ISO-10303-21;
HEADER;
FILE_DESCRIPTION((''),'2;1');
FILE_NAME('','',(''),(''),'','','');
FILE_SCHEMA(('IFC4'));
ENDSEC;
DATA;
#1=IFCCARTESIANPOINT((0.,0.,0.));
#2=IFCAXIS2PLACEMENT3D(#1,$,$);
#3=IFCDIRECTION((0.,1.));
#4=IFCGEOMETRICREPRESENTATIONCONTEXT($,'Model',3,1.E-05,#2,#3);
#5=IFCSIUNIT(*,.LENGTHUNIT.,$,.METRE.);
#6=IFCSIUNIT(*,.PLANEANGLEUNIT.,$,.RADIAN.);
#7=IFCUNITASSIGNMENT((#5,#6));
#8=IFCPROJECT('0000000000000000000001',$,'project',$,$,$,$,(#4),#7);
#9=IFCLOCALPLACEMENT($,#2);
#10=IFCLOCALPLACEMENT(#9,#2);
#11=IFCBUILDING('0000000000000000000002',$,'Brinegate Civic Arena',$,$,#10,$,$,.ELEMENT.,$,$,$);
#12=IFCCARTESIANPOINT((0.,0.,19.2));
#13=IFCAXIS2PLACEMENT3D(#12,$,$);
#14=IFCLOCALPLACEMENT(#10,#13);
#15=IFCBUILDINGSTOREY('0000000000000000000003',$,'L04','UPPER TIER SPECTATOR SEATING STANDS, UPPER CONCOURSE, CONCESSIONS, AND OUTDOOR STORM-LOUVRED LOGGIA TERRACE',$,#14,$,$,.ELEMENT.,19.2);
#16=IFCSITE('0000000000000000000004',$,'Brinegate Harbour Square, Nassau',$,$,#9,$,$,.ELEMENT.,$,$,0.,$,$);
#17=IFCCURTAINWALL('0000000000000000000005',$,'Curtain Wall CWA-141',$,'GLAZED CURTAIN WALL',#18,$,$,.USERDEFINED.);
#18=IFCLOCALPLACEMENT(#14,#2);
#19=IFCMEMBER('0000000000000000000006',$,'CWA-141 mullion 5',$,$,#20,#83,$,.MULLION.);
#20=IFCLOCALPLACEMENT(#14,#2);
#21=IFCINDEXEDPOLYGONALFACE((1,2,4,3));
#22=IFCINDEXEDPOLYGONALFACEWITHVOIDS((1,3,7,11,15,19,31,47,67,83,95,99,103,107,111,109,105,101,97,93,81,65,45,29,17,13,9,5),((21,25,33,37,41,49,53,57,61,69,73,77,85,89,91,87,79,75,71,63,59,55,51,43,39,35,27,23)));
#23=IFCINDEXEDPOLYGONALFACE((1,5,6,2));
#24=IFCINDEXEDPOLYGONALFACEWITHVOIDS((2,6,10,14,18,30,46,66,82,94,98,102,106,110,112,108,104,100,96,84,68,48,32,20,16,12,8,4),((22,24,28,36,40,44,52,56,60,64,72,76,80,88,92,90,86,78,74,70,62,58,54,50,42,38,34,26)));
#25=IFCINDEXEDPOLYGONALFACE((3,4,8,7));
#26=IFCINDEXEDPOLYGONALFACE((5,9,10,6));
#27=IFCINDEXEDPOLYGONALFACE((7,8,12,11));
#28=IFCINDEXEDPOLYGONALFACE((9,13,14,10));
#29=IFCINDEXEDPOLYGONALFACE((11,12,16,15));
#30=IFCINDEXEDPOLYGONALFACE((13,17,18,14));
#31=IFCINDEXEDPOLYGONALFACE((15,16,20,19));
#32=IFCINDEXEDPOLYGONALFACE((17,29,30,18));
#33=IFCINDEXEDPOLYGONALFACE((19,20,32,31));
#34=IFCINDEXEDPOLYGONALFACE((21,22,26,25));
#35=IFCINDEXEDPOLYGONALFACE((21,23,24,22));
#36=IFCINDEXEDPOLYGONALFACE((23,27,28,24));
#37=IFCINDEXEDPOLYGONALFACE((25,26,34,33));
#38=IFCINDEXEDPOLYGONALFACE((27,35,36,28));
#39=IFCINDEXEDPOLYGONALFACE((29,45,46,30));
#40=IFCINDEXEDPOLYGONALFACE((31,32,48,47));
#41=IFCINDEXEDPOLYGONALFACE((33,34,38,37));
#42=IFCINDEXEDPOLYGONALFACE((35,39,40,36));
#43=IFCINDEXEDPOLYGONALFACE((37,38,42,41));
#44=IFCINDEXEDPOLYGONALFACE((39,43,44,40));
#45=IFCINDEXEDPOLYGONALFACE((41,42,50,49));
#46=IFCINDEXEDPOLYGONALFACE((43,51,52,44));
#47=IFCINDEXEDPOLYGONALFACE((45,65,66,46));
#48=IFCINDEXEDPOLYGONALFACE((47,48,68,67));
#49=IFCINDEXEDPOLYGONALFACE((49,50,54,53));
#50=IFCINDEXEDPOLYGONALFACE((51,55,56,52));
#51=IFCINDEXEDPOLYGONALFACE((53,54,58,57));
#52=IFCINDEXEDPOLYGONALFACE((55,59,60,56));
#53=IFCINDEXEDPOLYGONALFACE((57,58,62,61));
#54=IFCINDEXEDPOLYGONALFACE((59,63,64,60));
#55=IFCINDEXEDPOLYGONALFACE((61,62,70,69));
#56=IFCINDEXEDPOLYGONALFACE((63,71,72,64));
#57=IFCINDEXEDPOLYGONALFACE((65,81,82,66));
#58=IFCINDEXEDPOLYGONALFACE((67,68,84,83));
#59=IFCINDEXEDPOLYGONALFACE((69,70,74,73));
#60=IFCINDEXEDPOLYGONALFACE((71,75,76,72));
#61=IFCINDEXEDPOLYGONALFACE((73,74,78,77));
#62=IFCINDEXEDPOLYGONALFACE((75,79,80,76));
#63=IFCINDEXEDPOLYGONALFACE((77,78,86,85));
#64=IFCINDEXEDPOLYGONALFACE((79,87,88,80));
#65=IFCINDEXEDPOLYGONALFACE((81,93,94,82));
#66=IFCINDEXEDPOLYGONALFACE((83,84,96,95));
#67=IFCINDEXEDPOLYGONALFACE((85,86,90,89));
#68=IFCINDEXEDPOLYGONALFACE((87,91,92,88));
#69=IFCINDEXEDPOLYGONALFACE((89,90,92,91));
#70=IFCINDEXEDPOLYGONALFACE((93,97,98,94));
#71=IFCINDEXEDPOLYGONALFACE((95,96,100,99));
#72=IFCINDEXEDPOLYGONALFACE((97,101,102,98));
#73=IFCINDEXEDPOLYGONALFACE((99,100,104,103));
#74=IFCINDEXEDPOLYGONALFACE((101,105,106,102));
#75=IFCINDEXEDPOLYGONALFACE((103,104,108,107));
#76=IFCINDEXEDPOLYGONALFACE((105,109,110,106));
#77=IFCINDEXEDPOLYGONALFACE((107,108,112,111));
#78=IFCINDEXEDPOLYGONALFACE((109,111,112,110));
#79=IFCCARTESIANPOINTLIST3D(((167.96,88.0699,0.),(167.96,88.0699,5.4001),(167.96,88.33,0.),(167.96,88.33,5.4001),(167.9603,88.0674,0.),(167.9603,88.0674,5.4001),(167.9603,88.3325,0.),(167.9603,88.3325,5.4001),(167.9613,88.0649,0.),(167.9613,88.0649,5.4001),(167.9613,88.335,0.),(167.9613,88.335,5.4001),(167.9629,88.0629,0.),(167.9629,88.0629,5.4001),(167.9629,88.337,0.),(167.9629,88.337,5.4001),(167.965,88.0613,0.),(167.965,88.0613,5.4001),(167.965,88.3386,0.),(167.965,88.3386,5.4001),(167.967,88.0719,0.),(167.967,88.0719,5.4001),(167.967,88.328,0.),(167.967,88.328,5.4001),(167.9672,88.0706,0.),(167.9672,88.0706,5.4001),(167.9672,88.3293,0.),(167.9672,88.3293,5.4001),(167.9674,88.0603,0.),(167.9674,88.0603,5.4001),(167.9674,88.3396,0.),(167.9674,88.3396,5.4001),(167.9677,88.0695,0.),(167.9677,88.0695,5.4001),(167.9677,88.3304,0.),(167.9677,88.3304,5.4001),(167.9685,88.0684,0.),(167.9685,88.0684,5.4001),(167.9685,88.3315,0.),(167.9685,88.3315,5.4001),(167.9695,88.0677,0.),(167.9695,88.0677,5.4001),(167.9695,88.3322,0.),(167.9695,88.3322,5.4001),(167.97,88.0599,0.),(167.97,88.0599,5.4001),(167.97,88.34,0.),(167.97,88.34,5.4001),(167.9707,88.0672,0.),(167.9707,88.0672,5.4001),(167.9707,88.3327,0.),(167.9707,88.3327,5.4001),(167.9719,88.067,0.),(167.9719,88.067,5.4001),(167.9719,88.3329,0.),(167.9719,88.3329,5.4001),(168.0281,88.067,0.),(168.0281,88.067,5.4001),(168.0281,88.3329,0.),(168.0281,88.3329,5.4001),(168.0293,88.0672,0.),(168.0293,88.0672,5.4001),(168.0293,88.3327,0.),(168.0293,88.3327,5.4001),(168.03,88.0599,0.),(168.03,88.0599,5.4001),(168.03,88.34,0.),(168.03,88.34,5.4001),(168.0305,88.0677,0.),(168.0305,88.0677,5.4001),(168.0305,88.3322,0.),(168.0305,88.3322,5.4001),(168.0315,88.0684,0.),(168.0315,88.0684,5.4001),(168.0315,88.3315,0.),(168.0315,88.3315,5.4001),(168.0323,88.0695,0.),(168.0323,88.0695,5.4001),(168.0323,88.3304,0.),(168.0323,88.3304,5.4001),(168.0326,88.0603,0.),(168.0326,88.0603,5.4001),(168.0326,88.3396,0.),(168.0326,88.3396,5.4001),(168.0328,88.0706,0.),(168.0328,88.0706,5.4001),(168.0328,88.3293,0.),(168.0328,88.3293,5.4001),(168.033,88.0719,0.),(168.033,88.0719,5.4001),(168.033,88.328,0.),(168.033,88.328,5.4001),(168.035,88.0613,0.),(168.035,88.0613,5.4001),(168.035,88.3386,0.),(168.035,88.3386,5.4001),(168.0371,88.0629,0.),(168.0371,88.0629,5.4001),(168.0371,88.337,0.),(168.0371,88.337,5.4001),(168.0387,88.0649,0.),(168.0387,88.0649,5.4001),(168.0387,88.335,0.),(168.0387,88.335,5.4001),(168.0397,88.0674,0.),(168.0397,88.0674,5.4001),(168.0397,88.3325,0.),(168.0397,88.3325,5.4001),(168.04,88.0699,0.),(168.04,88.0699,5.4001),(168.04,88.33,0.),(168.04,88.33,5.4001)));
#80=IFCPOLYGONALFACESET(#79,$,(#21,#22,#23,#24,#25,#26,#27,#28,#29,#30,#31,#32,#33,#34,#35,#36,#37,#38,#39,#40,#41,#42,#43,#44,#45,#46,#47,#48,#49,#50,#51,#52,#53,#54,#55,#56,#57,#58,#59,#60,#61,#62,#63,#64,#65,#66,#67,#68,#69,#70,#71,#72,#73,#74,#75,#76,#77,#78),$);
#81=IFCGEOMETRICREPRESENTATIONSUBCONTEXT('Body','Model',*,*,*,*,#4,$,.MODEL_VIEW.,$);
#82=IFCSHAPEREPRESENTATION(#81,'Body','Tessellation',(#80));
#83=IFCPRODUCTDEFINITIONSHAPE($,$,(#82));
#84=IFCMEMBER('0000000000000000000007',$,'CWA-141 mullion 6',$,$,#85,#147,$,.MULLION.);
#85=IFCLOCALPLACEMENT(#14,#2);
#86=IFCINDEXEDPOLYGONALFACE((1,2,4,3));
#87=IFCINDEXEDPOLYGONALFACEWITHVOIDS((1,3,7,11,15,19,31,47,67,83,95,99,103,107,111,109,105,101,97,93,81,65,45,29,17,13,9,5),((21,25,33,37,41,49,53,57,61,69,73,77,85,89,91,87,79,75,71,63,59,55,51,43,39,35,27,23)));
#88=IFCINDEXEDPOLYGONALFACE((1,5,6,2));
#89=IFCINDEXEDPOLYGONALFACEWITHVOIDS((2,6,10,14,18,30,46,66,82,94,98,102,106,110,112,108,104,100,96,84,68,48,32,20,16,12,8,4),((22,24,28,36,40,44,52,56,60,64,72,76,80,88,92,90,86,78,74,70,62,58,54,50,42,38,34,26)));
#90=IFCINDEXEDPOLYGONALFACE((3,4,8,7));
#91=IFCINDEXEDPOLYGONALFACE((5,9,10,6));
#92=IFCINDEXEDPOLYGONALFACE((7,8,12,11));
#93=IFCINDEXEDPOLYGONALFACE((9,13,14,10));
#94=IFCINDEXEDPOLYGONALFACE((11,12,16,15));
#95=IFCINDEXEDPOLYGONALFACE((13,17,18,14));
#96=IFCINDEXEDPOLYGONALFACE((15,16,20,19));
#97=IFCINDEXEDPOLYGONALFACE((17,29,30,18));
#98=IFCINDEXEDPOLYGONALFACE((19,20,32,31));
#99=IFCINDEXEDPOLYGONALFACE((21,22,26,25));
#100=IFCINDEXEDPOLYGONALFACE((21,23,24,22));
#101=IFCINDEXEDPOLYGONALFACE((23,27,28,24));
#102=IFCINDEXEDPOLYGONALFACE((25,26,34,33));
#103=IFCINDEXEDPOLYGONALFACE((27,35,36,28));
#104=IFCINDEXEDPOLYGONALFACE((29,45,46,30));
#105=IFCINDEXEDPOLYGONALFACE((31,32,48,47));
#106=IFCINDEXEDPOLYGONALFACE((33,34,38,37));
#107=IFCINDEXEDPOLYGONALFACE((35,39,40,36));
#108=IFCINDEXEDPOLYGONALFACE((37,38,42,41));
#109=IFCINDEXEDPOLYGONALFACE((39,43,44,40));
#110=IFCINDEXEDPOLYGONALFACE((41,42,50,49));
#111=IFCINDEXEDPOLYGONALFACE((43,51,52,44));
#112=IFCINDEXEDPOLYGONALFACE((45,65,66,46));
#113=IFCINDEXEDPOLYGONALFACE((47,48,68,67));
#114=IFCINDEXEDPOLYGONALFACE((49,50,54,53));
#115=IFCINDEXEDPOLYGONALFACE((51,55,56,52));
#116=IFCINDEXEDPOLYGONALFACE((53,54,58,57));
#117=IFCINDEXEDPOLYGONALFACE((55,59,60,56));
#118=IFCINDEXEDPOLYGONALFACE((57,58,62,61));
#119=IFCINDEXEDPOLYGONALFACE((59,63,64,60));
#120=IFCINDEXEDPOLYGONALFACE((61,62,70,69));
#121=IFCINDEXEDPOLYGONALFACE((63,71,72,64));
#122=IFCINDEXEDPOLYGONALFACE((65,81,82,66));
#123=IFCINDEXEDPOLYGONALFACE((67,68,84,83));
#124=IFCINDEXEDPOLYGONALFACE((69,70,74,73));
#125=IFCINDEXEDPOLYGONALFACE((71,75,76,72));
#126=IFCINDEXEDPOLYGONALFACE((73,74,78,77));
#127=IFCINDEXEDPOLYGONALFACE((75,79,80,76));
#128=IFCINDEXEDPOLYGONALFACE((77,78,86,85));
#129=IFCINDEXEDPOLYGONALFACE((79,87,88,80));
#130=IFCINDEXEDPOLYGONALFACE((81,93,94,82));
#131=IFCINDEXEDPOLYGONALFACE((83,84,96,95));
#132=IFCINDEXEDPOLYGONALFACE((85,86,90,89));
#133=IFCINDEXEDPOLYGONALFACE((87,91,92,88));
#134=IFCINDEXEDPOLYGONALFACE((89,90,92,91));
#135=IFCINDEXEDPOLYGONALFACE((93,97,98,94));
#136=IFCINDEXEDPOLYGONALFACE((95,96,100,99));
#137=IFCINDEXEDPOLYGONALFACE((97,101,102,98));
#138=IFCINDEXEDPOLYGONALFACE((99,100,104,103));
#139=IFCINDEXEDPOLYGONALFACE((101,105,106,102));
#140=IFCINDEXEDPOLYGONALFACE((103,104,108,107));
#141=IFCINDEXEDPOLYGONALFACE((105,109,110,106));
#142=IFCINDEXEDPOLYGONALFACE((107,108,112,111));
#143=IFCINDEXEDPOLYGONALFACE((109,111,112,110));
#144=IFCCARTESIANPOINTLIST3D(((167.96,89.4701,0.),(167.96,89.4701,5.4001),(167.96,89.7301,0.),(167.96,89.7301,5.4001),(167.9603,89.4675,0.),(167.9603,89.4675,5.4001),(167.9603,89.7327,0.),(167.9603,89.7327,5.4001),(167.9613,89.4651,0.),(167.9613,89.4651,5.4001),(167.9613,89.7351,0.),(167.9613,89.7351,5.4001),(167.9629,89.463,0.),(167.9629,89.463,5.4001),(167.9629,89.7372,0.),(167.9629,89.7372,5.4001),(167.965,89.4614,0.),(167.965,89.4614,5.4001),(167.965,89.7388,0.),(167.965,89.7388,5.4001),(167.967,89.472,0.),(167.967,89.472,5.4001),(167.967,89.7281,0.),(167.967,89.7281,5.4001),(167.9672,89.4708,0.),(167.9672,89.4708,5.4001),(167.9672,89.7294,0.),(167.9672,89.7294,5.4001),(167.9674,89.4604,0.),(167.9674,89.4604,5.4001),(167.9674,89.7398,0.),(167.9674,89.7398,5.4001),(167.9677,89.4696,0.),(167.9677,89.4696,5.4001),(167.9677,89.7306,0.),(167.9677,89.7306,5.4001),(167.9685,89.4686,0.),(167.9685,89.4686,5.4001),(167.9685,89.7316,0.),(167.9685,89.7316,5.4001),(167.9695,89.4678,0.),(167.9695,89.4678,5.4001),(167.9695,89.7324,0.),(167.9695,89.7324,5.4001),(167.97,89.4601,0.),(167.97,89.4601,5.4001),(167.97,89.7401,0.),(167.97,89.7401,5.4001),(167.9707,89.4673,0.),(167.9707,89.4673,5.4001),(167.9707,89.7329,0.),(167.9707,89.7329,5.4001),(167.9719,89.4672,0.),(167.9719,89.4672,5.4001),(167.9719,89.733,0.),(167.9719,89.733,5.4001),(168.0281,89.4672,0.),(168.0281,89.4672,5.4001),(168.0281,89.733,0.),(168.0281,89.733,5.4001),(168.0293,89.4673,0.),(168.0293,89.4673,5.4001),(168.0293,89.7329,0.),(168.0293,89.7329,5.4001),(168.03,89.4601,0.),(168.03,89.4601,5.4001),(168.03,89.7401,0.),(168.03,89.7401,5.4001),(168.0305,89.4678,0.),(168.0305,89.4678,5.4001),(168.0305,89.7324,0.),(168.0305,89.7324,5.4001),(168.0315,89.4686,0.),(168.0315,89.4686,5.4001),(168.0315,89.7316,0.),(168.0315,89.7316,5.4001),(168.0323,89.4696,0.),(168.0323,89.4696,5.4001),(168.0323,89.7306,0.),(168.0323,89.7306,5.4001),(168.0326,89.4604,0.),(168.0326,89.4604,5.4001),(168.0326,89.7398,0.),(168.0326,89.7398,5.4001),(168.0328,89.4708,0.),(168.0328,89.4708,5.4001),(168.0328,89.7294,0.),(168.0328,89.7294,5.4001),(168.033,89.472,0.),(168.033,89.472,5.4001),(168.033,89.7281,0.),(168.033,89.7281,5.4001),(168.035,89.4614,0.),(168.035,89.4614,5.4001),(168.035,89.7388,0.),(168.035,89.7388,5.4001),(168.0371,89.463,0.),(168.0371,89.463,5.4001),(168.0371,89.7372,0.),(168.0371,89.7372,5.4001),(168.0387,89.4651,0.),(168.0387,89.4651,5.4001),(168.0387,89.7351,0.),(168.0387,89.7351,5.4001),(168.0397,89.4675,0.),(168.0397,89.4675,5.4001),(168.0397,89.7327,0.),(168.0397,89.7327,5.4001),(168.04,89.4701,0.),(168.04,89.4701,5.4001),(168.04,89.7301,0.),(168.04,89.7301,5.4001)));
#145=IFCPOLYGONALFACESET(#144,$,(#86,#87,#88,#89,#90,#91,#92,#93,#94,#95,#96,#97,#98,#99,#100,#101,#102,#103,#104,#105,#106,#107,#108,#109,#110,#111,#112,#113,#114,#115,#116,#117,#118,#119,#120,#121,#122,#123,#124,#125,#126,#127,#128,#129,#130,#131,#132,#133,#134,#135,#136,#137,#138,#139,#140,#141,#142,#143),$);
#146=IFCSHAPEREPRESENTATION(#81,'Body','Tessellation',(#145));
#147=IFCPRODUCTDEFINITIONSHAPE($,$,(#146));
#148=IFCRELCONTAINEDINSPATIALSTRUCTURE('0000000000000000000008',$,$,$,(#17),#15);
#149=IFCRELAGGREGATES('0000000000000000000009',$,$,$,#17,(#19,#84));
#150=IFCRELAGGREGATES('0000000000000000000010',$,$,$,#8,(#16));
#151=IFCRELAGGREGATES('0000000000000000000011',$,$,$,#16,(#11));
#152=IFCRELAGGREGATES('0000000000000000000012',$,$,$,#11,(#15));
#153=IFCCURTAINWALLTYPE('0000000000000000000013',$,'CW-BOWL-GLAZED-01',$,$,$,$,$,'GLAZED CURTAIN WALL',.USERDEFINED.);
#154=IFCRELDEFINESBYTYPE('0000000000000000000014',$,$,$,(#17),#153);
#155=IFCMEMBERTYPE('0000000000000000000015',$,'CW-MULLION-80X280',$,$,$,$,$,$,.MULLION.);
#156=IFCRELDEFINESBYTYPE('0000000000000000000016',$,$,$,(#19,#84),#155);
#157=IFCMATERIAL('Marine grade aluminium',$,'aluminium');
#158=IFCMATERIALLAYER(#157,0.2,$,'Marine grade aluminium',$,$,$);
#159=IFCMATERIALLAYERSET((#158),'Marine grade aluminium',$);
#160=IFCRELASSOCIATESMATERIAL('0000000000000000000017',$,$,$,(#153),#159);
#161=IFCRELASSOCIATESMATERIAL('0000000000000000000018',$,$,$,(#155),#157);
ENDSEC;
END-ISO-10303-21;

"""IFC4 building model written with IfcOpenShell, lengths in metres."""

from ifc_helpers import new_model, si_unit, direction, frame, origin, origin_2d, place, context, subcontext, project, spatial, hollow_rectangle, extrude, material, layer, layer_set, material_profile, profile_set, type_object, element, aggregate, save


model = new_model("IFC4")

# Units and contexts
model_context = context("Model", 3, precision=1e-05, world=origin(), true_north=direction((0.0, 1.0)))
body_context = subcontext(model_context, "Body", "Model", "MODEL_VIEW")
ifc_project = project(units=[si_unit("LENGTHUNIT", "METRE"), si_unit("PLANEANGLEUNIT", "RADIAN")], contexts=[model_context])

# Site, building, storey
site_placement = place(None, origin())
site = spatial("IfcSite", under=ifc_project, at=site_placement, Name="Brinegate Harbour Square, Nassau", CompositionType="ELEMENT", RefElevation=0.0)
building_placement = place(site_placement, origin())
building = spatial("IfcBuilding", under=site, at=building_placement, Name="Brinegate Civic Arena", CompositionType="ELEMENT")
storey_placement = place(building_placement, frame((0.0, 0.0, 19.2)))
storey = spatial("IfcBuildingStorey", under=building, at=storey_placement, Name="L04", Description="UPPER TIER SPECTATOR SEATING STANDS, UPPER CONCOURSE, CONCESSIONS, AND OUTDOOR STORM-LOUVRED LOGGIA TERRACE", CompositionType="ELEMENT", Elevation=19.2)

# Curtain wall, members
ifc_material_1 = material(Name="Marine grade aluminium", Category="aluminium")
ifc_layer_1 = layer(ifc_material_1, 0.2, Name="Marine grade aluminium")
ifc_layer_set_1 = layer_set([ifc_layer_1], Name="Marine grade aluminium")
curtain_wall_type = type_object("IfcCurtainWallType", Name="CW-BOWL-GLAZED-01", ElementType="GLAZED CURTAIN WALL", PredefinedType="USERDEFINED", material=ifc_layer_set_1)
curtain_wall_placement = place(storey_placement, origin())
curtain_wall = element("IfcCurtainWall", 1, at=curtain_wall_placement, inside=storey, type_object=curtain_wall_type, Name="Curtain Wall CWA-141", ObjectType="GLAZED CURTAIN WALL", PredefinedType="USERDEFINED")
ifc_material_profile_1 = material_profile(ifc_material_1, hollow_rectangle(XDim=0.0801, YDim=0.28, WallThickness=0.0071, InnerFilletRadius=0.0049, OuterFilletRadius=0.01, at=origin_2d()), Name="MUL80X280")
ifc_profile_set_1 = profile_set([ifc_material_profile_1], Name="Marine grade aluminium")
member_type_1 = type_object("IfcMemberType", Name="CW-MULLION-80X280", PredefinedType="MULLION", material=ifc_profile_set_1)
member_1_placement = place(storey_placement, frame((168.0, 88.2, 0.0), z_axis=(0.0, 0.0, 1.0), x_axis=(-1.0, 0.0, 0.0)))
member_1 = element("IfcMember", 2, at=member_1_placement, type_object=member_type_1, Name="CWA-141 mullion 5", PredefinedType="MULLION", context=body_context, shape_type="SweptSolid", body=[
    extrude(hollow_rectangle(XDim=0.0801, YDim=0.28, WallThickness=0.0071, InnerFilletRadius=0.0049, OuterFilletRadius=0.01, at=origin_2d()), origin(), (0.0, 0.0, 1.0), 5.4001),
])
member_2_placement = place(storey_placement, frame((168.0, 89.6001, 0.0), z_axis=(0.0, 0.0, 1.0), x_axis=(-1.0, 0.0, 0.0)))
member_2 = element("IfcMember", 3, at=member_2_placement, type_object=member_type_1, Name="CWA-141 mullion 6", PredefinedType="MULLION", context=body_context, shape_type="SweptSolid", body=[
    extrude(hollow_rectangle(XDim=0.0801, YDim=0.28, WallThickness=0.0071, InnerFilletRadius=0.0049, OuterFilletRadius=0.01, at=origin_2d()), origin(), (0.0, 0.0, 1.0), 5.4001),
])

aggregate(curtain_wall, [member_1, member_2])

save(model, "model.ifc")
